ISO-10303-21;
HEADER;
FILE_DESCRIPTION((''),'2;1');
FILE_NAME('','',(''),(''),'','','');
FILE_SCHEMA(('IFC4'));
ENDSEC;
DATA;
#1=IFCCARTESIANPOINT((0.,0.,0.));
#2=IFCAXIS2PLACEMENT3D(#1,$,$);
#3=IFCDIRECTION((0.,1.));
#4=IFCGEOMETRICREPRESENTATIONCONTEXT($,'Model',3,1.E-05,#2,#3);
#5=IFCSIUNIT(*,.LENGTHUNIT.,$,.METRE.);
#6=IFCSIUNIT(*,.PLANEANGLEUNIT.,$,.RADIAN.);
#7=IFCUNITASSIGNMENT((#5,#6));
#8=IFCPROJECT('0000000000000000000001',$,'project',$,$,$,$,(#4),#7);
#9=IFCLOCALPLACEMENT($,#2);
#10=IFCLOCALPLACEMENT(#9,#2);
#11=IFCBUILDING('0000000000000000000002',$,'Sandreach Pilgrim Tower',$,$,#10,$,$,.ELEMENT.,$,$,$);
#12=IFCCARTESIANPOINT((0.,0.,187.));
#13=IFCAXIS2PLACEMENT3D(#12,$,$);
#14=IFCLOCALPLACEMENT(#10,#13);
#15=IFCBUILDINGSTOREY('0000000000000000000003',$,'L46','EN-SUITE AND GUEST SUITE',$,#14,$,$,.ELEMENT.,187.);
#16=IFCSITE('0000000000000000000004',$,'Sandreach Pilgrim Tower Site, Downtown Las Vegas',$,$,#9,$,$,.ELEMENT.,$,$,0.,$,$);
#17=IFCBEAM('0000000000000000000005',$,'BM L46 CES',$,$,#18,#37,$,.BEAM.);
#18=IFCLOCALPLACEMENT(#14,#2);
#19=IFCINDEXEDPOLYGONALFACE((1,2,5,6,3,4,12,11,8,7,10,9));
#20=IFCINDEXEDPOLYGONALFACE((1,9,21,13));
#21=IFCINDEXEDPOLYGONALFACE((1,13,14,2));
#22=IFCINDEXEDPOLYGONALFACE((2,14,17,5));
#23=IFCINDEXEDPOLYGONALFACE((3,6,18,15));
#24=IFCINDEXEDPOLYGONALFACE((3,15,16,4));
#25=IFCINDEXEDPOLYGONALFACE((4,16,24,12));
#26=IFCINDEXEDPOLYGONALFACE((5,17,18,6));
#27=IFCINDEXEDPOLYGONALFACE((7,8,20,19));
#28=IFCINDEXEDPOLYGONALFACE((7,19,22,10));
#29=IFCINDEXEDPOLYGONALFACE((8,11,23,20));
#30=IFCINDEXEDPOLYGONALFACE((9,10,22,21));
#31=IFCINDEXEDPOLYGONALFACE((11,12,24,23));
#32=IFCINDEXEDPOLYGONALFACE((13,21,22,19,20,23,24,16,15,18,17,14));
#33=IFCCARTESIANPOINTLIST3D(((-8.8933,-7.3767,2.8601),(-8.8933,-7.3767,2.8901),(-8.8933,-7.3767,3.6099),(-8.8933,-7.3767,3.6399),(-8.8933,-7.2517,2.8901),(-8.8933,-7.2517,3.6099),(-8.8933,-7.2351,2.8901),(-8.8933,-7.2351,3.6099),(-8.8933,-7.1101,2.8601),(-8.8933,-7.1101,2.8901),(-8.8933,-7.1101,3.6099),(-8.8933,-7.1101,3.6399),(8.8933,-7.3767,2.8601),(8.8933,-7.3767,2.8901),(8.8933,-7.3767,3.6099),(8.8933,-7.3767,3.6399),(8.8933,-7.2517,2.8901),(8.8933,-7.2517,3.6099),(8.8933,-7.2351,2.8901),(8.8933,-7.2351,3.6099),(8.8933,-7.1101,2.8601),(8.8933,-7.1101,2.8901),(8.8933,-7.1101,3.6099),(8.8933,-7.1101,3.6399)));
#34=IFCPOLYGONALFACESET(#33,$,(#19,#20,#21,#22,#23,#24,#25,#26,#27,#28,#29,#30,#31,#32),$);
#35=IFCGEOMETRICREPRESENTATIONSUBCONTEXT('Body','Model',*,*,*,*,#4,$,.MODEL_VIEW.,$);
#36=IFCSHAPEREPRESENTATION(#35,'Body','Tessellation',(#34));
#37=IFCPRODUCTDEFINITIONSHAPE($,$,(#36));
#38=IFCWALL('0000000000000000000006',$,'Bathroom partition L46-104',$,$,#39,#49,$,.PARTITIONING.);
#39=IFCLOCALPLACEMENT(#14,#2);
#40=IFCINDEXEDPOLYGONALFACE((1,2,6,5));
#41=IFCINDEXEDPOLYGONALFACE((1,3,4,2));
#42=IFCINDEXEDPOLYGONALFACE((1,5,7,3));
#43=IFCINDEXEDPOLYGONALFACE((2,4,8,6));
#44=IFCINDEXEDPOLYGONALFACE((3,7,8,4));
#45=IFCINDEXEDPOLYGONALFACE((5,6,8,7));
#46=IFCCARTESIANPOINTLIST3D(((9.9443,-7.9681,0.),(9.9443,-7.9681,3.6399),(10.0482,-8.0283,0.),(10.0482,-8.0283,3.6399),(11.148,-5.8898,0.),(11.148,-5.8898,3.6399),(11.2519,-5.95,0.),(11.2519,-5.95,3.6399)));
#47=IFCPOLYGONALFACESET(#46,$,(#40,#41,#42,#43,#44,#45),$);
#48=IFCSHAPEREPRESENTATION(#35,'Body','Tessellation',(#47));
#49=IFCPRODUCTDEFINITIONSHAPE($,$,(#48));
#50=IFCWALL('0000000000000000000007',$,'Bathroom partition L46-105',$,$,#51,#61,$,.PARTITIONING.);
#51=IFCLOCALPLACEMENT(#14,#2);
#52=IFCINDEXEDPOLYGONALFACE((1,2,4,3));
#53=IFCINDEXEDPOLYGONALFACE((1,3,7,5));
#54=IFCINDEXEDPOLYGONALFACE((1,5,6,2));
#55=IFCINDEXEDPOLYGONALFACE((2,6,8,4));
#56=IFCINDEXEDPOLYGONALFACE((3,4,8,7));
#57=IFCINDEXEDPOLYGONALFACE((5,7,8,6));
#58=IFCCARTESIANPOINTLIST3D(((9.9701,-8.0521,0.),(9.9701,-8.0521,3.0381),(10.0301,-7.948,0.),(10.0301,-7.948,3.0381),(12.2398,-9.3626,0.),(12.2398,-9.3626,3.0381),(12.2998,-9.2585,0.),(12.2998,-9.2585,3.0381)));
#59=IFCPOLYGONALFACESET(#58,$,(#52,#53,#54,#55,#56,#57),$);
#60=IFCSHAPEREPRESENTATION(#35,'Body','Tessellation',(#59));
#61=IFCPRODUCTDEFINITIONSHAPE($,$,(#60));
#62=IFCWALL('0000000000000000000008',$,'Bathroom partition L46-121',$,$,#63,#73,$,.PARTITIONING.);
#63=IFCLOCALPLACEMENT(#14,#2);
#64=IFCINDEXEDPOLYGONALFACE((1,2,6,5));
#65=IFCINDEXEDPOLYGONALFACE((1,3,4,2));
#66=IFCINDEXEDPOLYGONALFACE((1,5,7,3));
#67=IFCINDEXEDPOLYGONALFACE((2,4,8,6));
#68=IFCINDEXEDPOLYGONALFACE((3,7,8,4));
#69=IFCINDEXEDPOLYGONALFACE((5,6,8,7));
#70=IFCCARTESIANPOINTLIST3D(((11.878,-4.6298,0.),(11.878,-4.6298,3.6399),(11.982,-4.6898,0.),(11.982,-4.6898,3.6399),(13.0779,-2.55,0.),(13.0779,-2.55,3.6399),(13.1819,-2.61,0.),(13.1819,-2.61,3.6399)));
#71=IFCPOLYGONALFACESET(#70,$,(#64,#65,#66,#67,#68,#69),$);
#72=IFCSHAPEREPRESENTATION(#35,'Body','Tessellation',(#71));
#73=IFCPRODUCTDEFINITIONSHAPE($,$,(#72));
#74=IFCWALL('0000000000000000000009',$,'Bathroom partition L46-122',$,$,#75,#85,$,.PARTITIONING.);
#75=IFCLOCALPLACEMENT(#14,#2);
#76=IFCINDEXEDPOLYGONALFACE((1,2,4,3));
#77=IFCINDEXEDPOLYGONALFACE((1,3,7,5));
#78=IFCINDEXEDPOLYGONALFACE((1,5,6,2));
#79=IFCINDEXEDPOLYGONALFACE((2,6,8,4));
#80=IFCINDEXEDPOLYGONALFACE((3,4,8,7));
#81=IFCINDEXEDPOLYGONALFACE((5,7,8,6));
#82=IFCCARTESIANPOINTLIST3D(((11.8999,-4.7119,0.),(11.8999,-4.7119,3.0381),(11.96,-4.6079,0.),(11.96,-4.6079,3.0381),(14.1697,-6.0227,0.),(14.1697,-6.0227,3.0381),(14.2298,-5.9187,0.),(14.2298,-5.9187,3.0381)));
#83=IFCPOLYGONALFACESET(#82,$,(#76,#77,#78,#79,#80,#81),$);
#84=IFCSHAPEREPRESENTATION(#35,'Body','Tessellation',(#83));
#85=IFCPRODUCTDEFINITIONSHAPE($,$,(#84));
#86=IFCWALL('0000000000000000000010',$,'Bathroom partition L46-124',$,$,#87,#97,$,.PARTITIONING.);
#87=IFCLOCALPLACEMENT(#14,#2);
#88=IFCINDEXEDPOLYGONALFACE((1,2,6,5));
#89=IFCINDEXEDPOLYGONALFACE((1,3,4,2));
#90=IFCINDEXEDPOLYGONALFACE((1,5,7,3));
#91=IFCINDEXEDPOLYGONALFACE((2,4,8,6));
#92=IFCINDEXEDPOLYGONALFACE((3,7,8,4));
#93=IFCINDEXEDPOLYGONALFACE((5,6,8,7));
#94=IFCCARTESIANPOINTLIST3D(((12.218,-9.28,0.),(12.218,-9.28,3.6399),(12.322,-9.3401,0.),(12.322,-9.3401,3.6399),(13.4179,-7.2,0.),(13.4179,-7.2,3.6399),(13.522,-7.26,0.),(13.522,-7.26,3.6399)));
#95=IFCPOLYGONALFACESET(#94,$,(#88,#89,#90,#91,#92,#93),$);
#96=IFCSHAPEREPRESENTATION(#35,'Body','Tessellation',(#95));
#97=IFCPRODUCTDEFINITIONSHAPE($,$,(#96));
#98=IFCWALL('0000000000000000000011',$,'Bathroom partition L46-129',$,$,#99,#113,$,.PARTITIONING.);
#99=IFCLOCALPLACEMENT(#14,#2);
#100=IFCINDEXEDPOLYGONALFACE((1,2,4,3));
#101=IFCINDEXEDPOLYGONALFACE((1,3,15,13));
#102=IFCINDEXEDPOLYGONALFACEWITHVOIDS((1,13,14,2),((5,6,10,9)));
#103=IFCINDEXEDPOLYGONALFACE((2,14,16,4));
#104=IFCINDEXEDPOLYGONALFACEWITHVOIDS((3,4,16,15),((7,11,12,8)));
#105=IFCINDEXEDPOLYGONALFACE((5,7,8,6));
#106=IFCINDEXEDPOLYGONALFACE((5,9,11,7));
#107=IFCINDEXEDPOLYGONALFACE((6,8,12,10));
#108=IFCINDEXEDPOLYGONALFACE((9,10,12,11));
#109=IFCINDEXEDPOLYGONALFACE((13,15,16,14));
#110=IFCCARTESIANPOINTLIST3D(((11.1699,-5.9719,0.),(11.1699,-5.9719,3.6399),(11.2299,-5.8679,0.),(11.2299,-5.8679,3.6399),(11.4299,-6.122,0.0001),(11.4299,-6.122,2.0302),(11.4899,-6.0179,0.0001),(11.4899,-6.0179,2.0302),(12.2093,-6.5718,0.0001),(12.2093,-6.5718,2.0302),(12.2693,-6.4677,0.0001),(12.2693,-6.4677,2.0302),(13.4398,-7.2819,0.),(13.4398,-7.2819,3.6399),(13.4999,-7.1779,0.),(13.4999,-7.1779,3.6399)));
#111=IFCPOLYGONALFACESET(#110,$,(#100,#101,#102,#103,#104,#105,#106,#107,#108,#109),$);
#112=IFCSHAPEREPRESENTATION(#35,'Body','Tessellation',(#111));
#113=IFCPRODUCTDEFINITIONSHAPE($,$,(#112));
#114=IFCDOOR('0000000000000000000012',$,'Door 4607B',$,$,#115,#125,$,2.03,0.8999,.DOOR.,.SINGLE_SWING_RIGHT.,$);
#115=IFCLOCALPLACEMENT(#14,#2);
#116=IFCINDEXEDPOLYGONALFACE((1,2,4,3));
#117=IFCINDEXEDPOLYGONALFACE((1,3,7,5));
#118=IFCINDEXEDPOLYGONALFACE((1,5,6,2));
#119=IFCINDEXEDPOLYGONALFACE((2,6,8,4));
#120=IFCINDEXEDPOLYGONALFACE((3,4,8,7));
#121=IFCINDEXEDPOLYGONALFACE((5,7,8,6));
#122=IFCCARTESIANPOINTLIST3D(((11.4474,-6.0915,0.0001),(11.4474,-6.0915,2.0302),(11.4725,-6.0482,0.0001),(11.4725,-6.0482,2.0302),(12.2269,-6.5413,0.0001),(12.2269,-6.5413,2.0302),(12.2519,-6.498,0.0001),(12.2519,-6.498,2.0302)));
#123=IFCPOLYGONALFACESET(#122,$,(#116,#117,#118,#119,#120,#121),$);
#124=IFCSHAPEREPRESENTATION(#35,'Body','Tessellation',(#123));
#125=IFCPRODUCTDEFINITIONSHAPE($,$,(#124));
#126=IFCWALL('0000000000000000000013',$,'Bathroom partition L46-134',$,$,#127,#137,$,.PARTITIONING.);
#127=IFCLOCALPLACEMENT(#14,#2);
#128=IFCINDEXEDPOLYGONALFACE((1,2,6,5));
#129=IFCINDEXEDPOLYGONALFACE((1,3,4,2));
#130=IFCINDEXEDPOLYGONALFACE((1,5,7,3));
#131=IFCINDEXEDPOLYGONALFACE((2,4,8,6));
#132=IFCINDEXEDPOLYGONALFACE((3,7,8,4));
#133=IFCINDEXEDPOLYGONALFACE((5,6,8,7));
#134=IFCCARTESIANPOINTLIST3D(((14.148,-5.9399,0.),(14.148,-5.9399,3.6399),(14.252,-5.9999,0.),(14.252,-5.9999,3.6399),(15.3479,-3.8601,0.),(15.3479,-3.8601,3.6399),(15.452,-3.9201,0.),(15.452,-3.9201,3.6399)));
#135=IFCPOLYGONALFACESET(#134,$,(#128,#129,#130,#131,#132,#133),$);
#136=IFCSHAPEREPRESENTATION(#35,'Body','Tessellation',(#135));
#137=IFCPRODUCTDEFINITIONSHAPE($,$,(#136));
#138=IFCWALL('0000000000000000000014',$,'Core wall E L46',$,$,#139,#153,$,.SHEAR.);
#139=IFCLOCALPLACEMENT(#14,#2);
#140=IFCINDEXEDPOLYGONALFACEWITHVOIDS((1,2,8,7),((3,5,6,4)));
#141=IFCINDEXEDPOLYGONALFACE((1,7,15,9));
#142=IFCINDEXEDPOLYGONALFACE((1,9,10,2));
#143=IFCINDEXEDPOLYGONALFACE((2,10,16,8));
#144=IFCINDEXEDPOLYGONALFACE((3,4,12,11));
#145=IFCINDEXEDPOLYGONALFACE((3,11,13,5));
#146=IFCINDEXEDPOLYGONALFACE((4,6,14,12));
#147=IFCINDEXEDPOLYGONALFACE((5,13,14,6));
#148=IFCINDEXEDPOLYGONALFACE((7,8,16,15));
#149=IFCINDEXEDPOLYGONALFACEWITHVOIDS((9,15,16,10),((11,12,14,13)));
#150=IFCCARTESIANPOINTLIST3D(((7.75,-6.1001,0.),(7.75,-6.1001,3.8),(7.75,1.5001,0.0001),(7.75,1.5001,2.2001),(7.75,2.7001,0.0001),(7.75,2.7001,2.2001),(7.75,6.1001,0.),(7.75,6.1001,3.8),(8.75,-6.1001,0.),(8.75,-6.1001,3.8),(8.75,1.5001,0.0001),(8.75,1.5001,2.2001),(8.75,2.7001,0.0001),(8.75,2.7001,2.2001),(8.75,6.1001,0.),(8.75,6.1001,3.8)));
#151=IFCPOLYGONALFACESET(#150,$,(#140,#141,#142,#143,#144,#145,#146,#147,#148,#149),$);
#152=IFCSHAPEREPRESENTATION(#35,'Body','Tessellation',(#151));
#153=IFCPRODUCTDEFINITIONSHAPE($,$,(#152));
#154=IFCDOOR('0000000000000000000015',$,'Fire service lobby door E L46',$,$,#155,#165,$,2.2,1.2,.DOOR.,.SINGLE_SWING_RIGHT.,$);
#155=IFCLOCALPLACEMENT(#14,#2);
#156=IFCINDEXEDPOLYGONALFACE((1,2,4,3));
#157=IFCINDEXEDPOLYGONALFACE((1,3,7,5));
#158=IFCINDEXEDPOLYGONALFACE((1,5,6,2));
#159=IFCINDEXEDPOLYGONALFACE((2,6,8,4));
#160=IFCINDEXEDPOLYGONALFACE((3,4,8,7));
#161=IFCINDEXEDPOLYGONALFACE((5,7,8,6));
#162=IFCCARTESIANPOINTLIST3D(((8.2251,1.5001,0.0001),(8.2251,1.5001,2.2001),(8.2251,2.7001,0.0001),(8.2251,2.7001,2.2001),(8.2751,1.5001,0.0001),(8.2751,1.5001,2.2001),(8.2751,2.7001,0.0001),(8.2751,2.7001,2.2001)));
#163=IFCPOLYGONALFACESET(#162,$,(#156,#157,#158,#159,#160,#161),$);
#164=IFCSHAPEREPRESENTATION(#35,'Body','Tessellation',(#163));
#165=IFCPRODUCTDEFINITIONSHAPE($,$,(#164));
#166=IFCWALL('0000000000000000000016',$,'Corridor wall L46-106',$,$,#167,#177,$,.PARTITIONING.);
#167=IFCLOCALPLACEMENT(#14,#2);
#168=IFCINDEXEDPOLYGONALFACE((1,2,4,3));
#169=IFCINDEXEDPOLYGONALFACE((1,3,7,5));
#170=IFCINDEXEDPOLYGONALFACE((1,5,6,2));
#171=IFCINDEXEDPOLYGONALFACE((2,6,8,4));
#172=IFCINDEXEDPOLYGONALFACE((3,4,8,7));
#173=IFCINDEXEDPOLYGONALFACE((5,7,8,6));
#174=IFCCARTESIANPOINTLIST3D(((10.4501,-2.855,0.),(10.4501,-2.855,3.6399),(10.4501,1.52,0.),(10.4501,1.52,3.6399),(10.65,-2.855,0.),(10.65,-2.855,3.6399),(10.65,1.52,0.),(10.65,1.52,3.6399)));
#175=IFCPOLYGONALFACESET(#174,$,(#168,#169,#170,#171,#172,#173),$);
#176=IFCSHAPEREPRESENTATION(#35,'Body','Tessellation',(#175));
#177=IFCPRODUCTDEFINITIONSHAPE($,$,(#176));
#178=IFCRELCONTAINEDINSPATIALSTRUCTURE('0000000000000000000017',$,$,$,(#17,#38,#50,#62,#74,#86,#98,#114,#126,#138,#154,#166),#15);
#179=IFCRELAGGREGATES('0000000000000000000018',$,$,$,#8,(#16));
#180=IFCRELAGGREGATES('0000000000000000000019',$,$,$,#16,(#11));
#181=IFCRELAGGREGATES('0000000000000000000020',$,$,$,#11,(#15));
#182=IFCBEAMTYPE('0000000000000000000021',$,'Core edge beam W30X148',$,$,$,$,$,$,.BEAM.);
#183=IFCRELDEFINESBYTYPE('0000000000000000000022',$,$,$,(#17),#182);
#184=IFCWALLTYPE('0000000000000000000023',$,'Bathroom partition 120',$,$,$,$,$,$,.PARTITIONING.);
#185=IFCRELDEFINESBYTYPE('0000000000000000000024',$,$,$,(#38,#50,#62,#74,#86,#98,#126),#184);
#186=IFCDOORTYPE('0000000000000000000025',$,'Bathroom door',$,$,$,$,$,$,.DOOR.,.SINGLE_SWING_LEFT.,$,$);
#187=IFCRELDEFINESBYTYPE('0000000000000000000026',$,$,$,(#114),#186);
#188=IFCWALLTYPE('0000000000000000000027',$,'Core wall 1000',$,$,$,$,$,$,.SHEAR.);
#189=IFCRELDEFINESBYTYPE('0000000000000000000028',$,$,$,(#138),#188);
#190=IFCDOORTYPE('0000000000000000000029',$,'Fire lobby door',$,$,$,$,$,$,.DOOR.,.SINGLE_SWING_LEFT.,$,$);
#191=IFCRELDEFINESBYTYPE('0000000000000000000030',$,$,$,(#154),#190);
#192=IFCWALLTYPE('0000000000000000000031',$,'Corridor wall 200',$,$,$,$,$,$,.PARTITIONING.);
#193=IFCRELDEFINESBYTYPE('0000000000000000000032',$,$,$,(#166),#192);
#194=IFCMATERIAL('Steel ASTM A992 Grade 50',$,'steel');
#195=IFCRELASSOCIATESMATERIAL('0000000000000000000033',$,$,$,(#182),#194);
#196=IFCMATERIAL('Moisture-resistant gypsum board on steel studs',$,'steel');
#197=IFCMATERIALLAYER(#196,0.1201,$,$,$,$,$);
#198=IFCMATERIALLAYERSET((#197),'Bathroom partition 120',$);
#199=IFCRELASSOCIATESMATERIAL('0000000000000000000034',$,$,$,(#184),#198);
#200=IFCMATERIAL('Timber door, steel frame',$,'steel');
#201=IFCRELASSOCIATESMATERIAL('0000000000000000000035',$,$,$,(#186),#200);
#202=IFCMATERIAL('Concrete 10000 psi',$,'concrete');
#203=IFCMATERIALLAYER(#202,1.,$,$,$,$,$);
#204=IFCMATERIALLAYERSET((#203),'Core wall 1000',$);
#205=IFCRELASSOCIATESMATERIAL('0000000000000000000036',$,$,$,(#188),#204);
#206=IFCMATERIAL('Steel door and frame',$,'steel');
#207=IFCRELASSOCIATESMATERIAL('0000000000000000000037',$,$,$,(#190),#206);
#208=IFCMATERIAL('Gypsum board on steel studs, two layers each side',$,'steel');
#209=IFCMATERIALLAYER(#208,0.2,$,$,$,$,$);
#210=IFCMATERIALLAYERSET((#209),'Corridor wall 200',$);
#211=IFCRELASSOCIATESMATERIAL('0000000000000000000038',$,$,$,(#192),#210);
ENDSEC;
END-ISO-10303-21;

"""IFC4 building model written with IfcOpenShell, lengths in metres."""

from ifc_helpers import new_model, si_unit, direction, frame, frame_2d, origin, origin_2d, place, context, subcontext, project, spatial, rectangle, i_section, extrude, material, layer, layer_set, material_profile, profile_set, type_object, element, fill, save


model = new_model("IFC4")

# Units and contexts
model_context = context("Model", 3, precision=1e-05, world=origin(), true_north=direction((0.0, 1.0)))
body_context = subcontext(model_context, "Body", "Model", "MODEL_VIEW")
ifc_project = project(units=[si_unit("LENGTHUNIT", "METRE"), si_unit("PLANEANGLEUNIT", "RADIAN")], contexts=[model_context])

# Site, building, storey
site_placement = place(None, origin())
site = spatial("IfcSite", under=ifc_project, at=site_placement, Name="Sandreach Pilgrim Tower Site, Downtown Las Vegas", CompositionType="ELEMENT", RefElevation=0.0)
building_placement = place(site_placement, origin())
building = spatial("IfcBuilding", under=site, at=building_placement, Name="Sandreach Pilgrim Tower", CompositionType="ELEMENT")
storey_placement = place(building_placement, frame((0.0, 0.0, 187.0)))
storey = spatial("IfcBuildingStorey", under=building, at=storey_placement, Name="L46", Description="EN-SUITE AND GUEST SUITE", CompositionType="ELEMENT", Elevation=187.0)

# Beam
ifc_material_1 = material(Name="Steel ASTM A992 Grade 50", Category="steel")
ifc_material_profile = material_profile(ifc_material_1, i_section(OverallWidth=0.2666, OverallDepth=0.7798, WebThickness=0.0166, FlangeThickness=0.03, at=origin_2d()), Name="W30X148")
ifc_profile_set = profile_set([ifc_material_profile], Name="Steel ASTM A992 Grade 50")
beam_type = type_object("IfcBeamType", Name="Core edge beam W30X148", PredefinedType="BEAM", material=ifc_profile_set)
beam_placement = place(storey_placement, frame((8.8933, -7.2434, 3.25), z_axis=(-1.0, 0.0, 0.0), x_axis=(0.0, -1.0, 0.0)))
element("IfcBeam", 1, at=beam_placement, inside=storey, type_object=beam_type, Name="BM L46 CES", PredefinedType="BEAM", context=body_context, shape_type="SweptSolid", body=[
    extrude(i_section(OverallWidth=0.2666, OverallDepth=0.7798, WebThickness=0.0166, FlangeThickness=0.03, at=origin_2d()), origin(), (0.0, 0.0, 1.0), 17.7866),
])

# Walls
ifc_material_2 = material(Name="Moisture-resistant gypsum board on steel studs", Category="steel")
ifc_layer_1 = layer(ifc_material_2, 0.1201)
ifc_layer_set_1 = layer_set([ifc_layer_1], Name="Bathroom partition 120")
wall_type_1 = type_object("IfcWallType", Name="Bathroom partition 120", PredefinedType="PARTITIONING", material=ifc_layer_set_1)
wall_1_placement = place(storey_placement, frame((9.9963, -7.998, 0.0), z_axis=(0.0, 0.0, 1.0), x_axis=(0.501189, 0.865338, 0.0)))
element("IfcWall", 2, at=wall_1_placement, inside=storey, type_object=wall_type_1, Name="Bathroom partition L46-104", PredefinedType="PARTITIONING", context=body_context, shape_type="SweptSolid", body=[
    extrude(rectangle(XDim=2.4016, YDim=0.1201, at=frame_2d((1.2007, 0.0))), origin(), (0.0, 0.0, 1.0), 3.6399),
])
wall_2_placement = place(storey_placement, frame((10.0, -8.0, 0.0), z_axis=(0.0, 0.0, 1.0), x_axis=(0.86601, -0.500026, 0.0)))
element("IfcWall", 3, at=wall_2_placement, inside=storey, type_object=wall_type_1, Name="Bathroom partition L46-105", PredefinedType="PARTITIONING", context=body_context, shape_type="SweptSolid", body=[
    extrude(rectangle(XDim=2.6208, YDim=0.1201, at=frame_2d((1.3105, 0.0))), origin(), (0.0, 0.0, 1.0), 3.0381),
])
wall_3_placement = place(storey_placement, frame((11.9299, -4.6599, 0.0), z_axis=(0.0, 0.0, 1.0), x_axis=(0.499737, 0.866177, 0.0)))
element("IfcWall", 4, at=wall_3_placement, inside=storey, type_object=wall_type_1, Name="Bathroom partition L46-121", PredefinedType="PARTITIONING", context=body_context, shape_type="SweptSolid", body=[
    extrude(rectangle(XDim=2.4011, YDim=0.1201, at=frame_2d((1.2007, 0.0))), origin(), (0.0, 0.0, 1.0), 3.6399),
])
wall_4_placement = place(storey_placement, frame((11.9299, -4.6599, 0.0), z_axis=(0.0, 0.0, 1.0), x_axis=(0.86597, -0.500096, 0.0)))
element("IfcWall", 5, at=wall_4_placement, inside=storey, type_object=wall_type_1, Name="Bathroom partition L46-122", PredefinedType="PARTITIONING", context=body_context, shape_type="SweptSolid", body=[
    extrude(rectangle(XDim=2.6211, YDim=0.1201, at=frame_2d((1.3105, 0.0))), origin(), (0.0, 0.0, 1.0), 3.0381),
])
wall_5_placement = place(storey_placement, frame((12.27, -9.3101, 0.0), z_axis=(0.0, 0.0, 1.0), x_axis=(0.499693, 0.866203, 0.0)))
element("IfcWall", 6, at=wall_5_placement, inside=storey, type_object=wall_type_1, Name="Bathroom partition L46-124", PredefinedType="PARTITIONING", context=body_context, shape_type="SweptSolid", body=[
    extrude(rectangle(XDim=2.4014, YDim=0.1201, at=frame_2d((1.2007, 0.0))), origin(), (0.0, 0.0, 1.0), 3.6399),
])

# Wall, opening, door
wall_6_placement = place(storey_placement, frame((13.47, -7.23, 0.0), z_axis=(0.0, 0.0, 1.0), x_axis=(-0.866114, 0.499846, 0.0)))
wall_6 = element("IfcWall", 7, at=wall_6_placement, inside=storey, type_object=wall_type_1, Name="Bathroom partition L46-129", PredefinedType="PARTITIONING", context=body_context, shape_type="SweptSolid", body=[
    extrude(rectangle(XDim=2.6208, YDim=0.1201, at=frame_2d((1.3105, 0.0))), origin(), (0.0, 0.0, 1.0), 3.6399),
])
opening_1_placement = place(wall_6_placement, frame((1.4209, 0.0, 0.0)))
opening_1 = element("IfcOpeningElement", 8, at=opening_1_placement, cuts=wall_6, PredefinedType="OPENING", context=body_context, shape_type="SweptSolid", body=[
    extrude(rectangle(XDim=0.8999, YDim=2.03, at=frame_2d((0.45, 1.0151))), frame((0.0, 0.0601, 0.0), z_axis=(0.0, -1.0, 0.0), x_axis=(1.0, 0.0, 0.0)), (0.0, 0.0, 1.0), 0.1201),
])
ifc_material_3 = material(Name="Timber door, steel frame", Category="steel")
door_type_1 = type_object("IfcDoorType", Name="Bathroom door", OperationType="SINGLE_SWING_LEFT", PredefinedType="DOOR", material=ifc_material_3)
door_1_placement = place(opening_1_placement, origin())
door_1 = element("IfcDoor", 9, at=door_1_placement, inside=storey, type_object=door_type_1, Name="Door 4607B", OperationType="SINGLE_SWING_RIGHT", OverallHeight=2.03, OverallWidth=0.8999, PredefinedType="DOOR", context=body_context, shape_type="SweptSolid", body=[
    extrude(rectangle(XDim=0.8999, YDim=2.03, at=frame_2d((0.45, 1.0151))), frame((0.0, 0.0249, 0.0), z_axis=(0.0, -1.0, 0.0), x_axis=(1.0, 0.0, 0.0)), (0.0, 0.0, 1.0), 0.05),
])
fill(opening_1, door_1)

# Wall
wall_7_placement = place(storey_placement, frame((14.2, -5.97, 0.0), z_axis=(0.0, 0.0, 1.0), x_axis=(0.499737, 0.866177, 0.0)))
element("IfcWall", 10, at=wall_7_placement, inside=storey, type_object=wall_type_1, Name="Bathroom partition L46-134", PredefinedType="PARTITIONING", context=body_context, shape_type="SweptSolid", body=[
    extrude(rectangle(XDim=2.4011, YDim=0.1201, at=frame_2d((1.2007, 0.0))), origin(), (0.0, 0.0, 1.0), 3.6399),
])

# Wall, opening, door
ifc_material_4 = material(Name="Concrete 10000 psi", Category="concrete")
ifc_layer_2 = layer(ifc_material_4, 1.0)
ifc_layer_set_2 = layer_set([ifc_layer_2], Name="Core wall 1000")
wall_type_2 = type_object("IfcWallType", Name="Core wall 1000", PredefinedType="SHEAR", material=ifc_layer_set_2)
wall_8_placement = place(storey_placement, frame((8.25, -6.1001, 0.0), z_axis=(0.0, 0.0, 1.0), x_axis=(0.0, 1.0, 0.0)))
wall_8 = element("IfcWall", 11, at=wall_8_placement, inside=storey, type_object=wall_type_2, Name="Core wall E L46", PredefinedType="SHEAR", context=body_context, shape_type="SweptSolid", body=[
    extrude(rectangle(XDim=12.2002, YDim=1.0, at=frame_2d((6.1001, 0.0))), origin(), (0.0, 0.0, 1.0), 3.8),
])
opening_2_placement = place(wall_8_placement, frame((7.6001, 0.0, 0.0)))
opening_2 = element("IfcOpeningElement", 12, at=opening_2_placement, cuts=wall_8, PredefinedType="OPENING", context=body_context, shape_type="SweptSolid", body=[
    extrude(rectangle(XDim=1.2, YDim=2.2, at=frame_2d((0.6001, 1.1001))), frame((0.0, 0.5, 0.0), z_axis=(0.0, -1.0, 0.0), x_axis=(1.0, 0.0, 0.0)), (0.0, 0.0, 1.0), 1.0),
])
ifc_material_5 = material(Name="Steel door and frame", Category="steel")
door_type_2 = type_object("IfcDoorType", Name="Fire lobby door", OperationType="SINGLE_SWING_LEFT", PredefinedType="DOOR", material=ifc_material_5)
door_2_placement = place(opening_2_placement, origin())
door_2 = element("IfcDoor", 13, at=door_2_placement, inside=storey, type_object=door_type_2, Name="Fire service lobby door E L46", OperationType="SINGLE_SWING_RIGHT", OverallHeight=2.2, OverallWidth=1.2, PredefinedType="DOOR", context=body_context, shape_type="SweptSolid", body=[
    extrude(rectangle(XDim=1.2, YDim=2.2, at=frame_2d((0.6001, 1.1001))), frame((0.0, 0.0249, 0.0), z_axis=(0.0, -1.0, 0.0), x_axis=(1.0, 0.0, 0.0)), (0.0, 0.0, 1.0), 0.05),
])
fill(opening_2, door_2)
ifc_material_6 = material(Name="Gypsum board on steel studs, two layers each side", Category="steel")
ifc_layer_3 = layer(ifc_material_6, 0.2)
ifc_layer_set_3 = layer_set([ifc_layer_3], Name="Corridor wall 200")
wall_type_3 = type_object("IfcWallType", Name="Corridor wall 200", PredefinedType="PARTITIONING", material=ifc_layer_set_3)

# Wall
wall_9_placement = place(storey_placement, frame((10.55, -2.855, 0.0), z_axis=(0.0, 0.0, 1.0), x_axis=(0.0, 1.0, 0.0)))
element("IfcWall", 14, at=wall_9_placement, inside=storey, type_object=wall_type_3, Name="Corridor wall L46-106", PredefinedType="PARTITIONING", context=body_context, shape_type="SweptSolid", body=[
    extrude(rectangle(XDim=4.375, YDim=0.2, at=frame_2d((2.1875, 0.0))), origin(), (0.0, 0.0, 1.0), 3.6399),
])

save(model, "model.ifc")
